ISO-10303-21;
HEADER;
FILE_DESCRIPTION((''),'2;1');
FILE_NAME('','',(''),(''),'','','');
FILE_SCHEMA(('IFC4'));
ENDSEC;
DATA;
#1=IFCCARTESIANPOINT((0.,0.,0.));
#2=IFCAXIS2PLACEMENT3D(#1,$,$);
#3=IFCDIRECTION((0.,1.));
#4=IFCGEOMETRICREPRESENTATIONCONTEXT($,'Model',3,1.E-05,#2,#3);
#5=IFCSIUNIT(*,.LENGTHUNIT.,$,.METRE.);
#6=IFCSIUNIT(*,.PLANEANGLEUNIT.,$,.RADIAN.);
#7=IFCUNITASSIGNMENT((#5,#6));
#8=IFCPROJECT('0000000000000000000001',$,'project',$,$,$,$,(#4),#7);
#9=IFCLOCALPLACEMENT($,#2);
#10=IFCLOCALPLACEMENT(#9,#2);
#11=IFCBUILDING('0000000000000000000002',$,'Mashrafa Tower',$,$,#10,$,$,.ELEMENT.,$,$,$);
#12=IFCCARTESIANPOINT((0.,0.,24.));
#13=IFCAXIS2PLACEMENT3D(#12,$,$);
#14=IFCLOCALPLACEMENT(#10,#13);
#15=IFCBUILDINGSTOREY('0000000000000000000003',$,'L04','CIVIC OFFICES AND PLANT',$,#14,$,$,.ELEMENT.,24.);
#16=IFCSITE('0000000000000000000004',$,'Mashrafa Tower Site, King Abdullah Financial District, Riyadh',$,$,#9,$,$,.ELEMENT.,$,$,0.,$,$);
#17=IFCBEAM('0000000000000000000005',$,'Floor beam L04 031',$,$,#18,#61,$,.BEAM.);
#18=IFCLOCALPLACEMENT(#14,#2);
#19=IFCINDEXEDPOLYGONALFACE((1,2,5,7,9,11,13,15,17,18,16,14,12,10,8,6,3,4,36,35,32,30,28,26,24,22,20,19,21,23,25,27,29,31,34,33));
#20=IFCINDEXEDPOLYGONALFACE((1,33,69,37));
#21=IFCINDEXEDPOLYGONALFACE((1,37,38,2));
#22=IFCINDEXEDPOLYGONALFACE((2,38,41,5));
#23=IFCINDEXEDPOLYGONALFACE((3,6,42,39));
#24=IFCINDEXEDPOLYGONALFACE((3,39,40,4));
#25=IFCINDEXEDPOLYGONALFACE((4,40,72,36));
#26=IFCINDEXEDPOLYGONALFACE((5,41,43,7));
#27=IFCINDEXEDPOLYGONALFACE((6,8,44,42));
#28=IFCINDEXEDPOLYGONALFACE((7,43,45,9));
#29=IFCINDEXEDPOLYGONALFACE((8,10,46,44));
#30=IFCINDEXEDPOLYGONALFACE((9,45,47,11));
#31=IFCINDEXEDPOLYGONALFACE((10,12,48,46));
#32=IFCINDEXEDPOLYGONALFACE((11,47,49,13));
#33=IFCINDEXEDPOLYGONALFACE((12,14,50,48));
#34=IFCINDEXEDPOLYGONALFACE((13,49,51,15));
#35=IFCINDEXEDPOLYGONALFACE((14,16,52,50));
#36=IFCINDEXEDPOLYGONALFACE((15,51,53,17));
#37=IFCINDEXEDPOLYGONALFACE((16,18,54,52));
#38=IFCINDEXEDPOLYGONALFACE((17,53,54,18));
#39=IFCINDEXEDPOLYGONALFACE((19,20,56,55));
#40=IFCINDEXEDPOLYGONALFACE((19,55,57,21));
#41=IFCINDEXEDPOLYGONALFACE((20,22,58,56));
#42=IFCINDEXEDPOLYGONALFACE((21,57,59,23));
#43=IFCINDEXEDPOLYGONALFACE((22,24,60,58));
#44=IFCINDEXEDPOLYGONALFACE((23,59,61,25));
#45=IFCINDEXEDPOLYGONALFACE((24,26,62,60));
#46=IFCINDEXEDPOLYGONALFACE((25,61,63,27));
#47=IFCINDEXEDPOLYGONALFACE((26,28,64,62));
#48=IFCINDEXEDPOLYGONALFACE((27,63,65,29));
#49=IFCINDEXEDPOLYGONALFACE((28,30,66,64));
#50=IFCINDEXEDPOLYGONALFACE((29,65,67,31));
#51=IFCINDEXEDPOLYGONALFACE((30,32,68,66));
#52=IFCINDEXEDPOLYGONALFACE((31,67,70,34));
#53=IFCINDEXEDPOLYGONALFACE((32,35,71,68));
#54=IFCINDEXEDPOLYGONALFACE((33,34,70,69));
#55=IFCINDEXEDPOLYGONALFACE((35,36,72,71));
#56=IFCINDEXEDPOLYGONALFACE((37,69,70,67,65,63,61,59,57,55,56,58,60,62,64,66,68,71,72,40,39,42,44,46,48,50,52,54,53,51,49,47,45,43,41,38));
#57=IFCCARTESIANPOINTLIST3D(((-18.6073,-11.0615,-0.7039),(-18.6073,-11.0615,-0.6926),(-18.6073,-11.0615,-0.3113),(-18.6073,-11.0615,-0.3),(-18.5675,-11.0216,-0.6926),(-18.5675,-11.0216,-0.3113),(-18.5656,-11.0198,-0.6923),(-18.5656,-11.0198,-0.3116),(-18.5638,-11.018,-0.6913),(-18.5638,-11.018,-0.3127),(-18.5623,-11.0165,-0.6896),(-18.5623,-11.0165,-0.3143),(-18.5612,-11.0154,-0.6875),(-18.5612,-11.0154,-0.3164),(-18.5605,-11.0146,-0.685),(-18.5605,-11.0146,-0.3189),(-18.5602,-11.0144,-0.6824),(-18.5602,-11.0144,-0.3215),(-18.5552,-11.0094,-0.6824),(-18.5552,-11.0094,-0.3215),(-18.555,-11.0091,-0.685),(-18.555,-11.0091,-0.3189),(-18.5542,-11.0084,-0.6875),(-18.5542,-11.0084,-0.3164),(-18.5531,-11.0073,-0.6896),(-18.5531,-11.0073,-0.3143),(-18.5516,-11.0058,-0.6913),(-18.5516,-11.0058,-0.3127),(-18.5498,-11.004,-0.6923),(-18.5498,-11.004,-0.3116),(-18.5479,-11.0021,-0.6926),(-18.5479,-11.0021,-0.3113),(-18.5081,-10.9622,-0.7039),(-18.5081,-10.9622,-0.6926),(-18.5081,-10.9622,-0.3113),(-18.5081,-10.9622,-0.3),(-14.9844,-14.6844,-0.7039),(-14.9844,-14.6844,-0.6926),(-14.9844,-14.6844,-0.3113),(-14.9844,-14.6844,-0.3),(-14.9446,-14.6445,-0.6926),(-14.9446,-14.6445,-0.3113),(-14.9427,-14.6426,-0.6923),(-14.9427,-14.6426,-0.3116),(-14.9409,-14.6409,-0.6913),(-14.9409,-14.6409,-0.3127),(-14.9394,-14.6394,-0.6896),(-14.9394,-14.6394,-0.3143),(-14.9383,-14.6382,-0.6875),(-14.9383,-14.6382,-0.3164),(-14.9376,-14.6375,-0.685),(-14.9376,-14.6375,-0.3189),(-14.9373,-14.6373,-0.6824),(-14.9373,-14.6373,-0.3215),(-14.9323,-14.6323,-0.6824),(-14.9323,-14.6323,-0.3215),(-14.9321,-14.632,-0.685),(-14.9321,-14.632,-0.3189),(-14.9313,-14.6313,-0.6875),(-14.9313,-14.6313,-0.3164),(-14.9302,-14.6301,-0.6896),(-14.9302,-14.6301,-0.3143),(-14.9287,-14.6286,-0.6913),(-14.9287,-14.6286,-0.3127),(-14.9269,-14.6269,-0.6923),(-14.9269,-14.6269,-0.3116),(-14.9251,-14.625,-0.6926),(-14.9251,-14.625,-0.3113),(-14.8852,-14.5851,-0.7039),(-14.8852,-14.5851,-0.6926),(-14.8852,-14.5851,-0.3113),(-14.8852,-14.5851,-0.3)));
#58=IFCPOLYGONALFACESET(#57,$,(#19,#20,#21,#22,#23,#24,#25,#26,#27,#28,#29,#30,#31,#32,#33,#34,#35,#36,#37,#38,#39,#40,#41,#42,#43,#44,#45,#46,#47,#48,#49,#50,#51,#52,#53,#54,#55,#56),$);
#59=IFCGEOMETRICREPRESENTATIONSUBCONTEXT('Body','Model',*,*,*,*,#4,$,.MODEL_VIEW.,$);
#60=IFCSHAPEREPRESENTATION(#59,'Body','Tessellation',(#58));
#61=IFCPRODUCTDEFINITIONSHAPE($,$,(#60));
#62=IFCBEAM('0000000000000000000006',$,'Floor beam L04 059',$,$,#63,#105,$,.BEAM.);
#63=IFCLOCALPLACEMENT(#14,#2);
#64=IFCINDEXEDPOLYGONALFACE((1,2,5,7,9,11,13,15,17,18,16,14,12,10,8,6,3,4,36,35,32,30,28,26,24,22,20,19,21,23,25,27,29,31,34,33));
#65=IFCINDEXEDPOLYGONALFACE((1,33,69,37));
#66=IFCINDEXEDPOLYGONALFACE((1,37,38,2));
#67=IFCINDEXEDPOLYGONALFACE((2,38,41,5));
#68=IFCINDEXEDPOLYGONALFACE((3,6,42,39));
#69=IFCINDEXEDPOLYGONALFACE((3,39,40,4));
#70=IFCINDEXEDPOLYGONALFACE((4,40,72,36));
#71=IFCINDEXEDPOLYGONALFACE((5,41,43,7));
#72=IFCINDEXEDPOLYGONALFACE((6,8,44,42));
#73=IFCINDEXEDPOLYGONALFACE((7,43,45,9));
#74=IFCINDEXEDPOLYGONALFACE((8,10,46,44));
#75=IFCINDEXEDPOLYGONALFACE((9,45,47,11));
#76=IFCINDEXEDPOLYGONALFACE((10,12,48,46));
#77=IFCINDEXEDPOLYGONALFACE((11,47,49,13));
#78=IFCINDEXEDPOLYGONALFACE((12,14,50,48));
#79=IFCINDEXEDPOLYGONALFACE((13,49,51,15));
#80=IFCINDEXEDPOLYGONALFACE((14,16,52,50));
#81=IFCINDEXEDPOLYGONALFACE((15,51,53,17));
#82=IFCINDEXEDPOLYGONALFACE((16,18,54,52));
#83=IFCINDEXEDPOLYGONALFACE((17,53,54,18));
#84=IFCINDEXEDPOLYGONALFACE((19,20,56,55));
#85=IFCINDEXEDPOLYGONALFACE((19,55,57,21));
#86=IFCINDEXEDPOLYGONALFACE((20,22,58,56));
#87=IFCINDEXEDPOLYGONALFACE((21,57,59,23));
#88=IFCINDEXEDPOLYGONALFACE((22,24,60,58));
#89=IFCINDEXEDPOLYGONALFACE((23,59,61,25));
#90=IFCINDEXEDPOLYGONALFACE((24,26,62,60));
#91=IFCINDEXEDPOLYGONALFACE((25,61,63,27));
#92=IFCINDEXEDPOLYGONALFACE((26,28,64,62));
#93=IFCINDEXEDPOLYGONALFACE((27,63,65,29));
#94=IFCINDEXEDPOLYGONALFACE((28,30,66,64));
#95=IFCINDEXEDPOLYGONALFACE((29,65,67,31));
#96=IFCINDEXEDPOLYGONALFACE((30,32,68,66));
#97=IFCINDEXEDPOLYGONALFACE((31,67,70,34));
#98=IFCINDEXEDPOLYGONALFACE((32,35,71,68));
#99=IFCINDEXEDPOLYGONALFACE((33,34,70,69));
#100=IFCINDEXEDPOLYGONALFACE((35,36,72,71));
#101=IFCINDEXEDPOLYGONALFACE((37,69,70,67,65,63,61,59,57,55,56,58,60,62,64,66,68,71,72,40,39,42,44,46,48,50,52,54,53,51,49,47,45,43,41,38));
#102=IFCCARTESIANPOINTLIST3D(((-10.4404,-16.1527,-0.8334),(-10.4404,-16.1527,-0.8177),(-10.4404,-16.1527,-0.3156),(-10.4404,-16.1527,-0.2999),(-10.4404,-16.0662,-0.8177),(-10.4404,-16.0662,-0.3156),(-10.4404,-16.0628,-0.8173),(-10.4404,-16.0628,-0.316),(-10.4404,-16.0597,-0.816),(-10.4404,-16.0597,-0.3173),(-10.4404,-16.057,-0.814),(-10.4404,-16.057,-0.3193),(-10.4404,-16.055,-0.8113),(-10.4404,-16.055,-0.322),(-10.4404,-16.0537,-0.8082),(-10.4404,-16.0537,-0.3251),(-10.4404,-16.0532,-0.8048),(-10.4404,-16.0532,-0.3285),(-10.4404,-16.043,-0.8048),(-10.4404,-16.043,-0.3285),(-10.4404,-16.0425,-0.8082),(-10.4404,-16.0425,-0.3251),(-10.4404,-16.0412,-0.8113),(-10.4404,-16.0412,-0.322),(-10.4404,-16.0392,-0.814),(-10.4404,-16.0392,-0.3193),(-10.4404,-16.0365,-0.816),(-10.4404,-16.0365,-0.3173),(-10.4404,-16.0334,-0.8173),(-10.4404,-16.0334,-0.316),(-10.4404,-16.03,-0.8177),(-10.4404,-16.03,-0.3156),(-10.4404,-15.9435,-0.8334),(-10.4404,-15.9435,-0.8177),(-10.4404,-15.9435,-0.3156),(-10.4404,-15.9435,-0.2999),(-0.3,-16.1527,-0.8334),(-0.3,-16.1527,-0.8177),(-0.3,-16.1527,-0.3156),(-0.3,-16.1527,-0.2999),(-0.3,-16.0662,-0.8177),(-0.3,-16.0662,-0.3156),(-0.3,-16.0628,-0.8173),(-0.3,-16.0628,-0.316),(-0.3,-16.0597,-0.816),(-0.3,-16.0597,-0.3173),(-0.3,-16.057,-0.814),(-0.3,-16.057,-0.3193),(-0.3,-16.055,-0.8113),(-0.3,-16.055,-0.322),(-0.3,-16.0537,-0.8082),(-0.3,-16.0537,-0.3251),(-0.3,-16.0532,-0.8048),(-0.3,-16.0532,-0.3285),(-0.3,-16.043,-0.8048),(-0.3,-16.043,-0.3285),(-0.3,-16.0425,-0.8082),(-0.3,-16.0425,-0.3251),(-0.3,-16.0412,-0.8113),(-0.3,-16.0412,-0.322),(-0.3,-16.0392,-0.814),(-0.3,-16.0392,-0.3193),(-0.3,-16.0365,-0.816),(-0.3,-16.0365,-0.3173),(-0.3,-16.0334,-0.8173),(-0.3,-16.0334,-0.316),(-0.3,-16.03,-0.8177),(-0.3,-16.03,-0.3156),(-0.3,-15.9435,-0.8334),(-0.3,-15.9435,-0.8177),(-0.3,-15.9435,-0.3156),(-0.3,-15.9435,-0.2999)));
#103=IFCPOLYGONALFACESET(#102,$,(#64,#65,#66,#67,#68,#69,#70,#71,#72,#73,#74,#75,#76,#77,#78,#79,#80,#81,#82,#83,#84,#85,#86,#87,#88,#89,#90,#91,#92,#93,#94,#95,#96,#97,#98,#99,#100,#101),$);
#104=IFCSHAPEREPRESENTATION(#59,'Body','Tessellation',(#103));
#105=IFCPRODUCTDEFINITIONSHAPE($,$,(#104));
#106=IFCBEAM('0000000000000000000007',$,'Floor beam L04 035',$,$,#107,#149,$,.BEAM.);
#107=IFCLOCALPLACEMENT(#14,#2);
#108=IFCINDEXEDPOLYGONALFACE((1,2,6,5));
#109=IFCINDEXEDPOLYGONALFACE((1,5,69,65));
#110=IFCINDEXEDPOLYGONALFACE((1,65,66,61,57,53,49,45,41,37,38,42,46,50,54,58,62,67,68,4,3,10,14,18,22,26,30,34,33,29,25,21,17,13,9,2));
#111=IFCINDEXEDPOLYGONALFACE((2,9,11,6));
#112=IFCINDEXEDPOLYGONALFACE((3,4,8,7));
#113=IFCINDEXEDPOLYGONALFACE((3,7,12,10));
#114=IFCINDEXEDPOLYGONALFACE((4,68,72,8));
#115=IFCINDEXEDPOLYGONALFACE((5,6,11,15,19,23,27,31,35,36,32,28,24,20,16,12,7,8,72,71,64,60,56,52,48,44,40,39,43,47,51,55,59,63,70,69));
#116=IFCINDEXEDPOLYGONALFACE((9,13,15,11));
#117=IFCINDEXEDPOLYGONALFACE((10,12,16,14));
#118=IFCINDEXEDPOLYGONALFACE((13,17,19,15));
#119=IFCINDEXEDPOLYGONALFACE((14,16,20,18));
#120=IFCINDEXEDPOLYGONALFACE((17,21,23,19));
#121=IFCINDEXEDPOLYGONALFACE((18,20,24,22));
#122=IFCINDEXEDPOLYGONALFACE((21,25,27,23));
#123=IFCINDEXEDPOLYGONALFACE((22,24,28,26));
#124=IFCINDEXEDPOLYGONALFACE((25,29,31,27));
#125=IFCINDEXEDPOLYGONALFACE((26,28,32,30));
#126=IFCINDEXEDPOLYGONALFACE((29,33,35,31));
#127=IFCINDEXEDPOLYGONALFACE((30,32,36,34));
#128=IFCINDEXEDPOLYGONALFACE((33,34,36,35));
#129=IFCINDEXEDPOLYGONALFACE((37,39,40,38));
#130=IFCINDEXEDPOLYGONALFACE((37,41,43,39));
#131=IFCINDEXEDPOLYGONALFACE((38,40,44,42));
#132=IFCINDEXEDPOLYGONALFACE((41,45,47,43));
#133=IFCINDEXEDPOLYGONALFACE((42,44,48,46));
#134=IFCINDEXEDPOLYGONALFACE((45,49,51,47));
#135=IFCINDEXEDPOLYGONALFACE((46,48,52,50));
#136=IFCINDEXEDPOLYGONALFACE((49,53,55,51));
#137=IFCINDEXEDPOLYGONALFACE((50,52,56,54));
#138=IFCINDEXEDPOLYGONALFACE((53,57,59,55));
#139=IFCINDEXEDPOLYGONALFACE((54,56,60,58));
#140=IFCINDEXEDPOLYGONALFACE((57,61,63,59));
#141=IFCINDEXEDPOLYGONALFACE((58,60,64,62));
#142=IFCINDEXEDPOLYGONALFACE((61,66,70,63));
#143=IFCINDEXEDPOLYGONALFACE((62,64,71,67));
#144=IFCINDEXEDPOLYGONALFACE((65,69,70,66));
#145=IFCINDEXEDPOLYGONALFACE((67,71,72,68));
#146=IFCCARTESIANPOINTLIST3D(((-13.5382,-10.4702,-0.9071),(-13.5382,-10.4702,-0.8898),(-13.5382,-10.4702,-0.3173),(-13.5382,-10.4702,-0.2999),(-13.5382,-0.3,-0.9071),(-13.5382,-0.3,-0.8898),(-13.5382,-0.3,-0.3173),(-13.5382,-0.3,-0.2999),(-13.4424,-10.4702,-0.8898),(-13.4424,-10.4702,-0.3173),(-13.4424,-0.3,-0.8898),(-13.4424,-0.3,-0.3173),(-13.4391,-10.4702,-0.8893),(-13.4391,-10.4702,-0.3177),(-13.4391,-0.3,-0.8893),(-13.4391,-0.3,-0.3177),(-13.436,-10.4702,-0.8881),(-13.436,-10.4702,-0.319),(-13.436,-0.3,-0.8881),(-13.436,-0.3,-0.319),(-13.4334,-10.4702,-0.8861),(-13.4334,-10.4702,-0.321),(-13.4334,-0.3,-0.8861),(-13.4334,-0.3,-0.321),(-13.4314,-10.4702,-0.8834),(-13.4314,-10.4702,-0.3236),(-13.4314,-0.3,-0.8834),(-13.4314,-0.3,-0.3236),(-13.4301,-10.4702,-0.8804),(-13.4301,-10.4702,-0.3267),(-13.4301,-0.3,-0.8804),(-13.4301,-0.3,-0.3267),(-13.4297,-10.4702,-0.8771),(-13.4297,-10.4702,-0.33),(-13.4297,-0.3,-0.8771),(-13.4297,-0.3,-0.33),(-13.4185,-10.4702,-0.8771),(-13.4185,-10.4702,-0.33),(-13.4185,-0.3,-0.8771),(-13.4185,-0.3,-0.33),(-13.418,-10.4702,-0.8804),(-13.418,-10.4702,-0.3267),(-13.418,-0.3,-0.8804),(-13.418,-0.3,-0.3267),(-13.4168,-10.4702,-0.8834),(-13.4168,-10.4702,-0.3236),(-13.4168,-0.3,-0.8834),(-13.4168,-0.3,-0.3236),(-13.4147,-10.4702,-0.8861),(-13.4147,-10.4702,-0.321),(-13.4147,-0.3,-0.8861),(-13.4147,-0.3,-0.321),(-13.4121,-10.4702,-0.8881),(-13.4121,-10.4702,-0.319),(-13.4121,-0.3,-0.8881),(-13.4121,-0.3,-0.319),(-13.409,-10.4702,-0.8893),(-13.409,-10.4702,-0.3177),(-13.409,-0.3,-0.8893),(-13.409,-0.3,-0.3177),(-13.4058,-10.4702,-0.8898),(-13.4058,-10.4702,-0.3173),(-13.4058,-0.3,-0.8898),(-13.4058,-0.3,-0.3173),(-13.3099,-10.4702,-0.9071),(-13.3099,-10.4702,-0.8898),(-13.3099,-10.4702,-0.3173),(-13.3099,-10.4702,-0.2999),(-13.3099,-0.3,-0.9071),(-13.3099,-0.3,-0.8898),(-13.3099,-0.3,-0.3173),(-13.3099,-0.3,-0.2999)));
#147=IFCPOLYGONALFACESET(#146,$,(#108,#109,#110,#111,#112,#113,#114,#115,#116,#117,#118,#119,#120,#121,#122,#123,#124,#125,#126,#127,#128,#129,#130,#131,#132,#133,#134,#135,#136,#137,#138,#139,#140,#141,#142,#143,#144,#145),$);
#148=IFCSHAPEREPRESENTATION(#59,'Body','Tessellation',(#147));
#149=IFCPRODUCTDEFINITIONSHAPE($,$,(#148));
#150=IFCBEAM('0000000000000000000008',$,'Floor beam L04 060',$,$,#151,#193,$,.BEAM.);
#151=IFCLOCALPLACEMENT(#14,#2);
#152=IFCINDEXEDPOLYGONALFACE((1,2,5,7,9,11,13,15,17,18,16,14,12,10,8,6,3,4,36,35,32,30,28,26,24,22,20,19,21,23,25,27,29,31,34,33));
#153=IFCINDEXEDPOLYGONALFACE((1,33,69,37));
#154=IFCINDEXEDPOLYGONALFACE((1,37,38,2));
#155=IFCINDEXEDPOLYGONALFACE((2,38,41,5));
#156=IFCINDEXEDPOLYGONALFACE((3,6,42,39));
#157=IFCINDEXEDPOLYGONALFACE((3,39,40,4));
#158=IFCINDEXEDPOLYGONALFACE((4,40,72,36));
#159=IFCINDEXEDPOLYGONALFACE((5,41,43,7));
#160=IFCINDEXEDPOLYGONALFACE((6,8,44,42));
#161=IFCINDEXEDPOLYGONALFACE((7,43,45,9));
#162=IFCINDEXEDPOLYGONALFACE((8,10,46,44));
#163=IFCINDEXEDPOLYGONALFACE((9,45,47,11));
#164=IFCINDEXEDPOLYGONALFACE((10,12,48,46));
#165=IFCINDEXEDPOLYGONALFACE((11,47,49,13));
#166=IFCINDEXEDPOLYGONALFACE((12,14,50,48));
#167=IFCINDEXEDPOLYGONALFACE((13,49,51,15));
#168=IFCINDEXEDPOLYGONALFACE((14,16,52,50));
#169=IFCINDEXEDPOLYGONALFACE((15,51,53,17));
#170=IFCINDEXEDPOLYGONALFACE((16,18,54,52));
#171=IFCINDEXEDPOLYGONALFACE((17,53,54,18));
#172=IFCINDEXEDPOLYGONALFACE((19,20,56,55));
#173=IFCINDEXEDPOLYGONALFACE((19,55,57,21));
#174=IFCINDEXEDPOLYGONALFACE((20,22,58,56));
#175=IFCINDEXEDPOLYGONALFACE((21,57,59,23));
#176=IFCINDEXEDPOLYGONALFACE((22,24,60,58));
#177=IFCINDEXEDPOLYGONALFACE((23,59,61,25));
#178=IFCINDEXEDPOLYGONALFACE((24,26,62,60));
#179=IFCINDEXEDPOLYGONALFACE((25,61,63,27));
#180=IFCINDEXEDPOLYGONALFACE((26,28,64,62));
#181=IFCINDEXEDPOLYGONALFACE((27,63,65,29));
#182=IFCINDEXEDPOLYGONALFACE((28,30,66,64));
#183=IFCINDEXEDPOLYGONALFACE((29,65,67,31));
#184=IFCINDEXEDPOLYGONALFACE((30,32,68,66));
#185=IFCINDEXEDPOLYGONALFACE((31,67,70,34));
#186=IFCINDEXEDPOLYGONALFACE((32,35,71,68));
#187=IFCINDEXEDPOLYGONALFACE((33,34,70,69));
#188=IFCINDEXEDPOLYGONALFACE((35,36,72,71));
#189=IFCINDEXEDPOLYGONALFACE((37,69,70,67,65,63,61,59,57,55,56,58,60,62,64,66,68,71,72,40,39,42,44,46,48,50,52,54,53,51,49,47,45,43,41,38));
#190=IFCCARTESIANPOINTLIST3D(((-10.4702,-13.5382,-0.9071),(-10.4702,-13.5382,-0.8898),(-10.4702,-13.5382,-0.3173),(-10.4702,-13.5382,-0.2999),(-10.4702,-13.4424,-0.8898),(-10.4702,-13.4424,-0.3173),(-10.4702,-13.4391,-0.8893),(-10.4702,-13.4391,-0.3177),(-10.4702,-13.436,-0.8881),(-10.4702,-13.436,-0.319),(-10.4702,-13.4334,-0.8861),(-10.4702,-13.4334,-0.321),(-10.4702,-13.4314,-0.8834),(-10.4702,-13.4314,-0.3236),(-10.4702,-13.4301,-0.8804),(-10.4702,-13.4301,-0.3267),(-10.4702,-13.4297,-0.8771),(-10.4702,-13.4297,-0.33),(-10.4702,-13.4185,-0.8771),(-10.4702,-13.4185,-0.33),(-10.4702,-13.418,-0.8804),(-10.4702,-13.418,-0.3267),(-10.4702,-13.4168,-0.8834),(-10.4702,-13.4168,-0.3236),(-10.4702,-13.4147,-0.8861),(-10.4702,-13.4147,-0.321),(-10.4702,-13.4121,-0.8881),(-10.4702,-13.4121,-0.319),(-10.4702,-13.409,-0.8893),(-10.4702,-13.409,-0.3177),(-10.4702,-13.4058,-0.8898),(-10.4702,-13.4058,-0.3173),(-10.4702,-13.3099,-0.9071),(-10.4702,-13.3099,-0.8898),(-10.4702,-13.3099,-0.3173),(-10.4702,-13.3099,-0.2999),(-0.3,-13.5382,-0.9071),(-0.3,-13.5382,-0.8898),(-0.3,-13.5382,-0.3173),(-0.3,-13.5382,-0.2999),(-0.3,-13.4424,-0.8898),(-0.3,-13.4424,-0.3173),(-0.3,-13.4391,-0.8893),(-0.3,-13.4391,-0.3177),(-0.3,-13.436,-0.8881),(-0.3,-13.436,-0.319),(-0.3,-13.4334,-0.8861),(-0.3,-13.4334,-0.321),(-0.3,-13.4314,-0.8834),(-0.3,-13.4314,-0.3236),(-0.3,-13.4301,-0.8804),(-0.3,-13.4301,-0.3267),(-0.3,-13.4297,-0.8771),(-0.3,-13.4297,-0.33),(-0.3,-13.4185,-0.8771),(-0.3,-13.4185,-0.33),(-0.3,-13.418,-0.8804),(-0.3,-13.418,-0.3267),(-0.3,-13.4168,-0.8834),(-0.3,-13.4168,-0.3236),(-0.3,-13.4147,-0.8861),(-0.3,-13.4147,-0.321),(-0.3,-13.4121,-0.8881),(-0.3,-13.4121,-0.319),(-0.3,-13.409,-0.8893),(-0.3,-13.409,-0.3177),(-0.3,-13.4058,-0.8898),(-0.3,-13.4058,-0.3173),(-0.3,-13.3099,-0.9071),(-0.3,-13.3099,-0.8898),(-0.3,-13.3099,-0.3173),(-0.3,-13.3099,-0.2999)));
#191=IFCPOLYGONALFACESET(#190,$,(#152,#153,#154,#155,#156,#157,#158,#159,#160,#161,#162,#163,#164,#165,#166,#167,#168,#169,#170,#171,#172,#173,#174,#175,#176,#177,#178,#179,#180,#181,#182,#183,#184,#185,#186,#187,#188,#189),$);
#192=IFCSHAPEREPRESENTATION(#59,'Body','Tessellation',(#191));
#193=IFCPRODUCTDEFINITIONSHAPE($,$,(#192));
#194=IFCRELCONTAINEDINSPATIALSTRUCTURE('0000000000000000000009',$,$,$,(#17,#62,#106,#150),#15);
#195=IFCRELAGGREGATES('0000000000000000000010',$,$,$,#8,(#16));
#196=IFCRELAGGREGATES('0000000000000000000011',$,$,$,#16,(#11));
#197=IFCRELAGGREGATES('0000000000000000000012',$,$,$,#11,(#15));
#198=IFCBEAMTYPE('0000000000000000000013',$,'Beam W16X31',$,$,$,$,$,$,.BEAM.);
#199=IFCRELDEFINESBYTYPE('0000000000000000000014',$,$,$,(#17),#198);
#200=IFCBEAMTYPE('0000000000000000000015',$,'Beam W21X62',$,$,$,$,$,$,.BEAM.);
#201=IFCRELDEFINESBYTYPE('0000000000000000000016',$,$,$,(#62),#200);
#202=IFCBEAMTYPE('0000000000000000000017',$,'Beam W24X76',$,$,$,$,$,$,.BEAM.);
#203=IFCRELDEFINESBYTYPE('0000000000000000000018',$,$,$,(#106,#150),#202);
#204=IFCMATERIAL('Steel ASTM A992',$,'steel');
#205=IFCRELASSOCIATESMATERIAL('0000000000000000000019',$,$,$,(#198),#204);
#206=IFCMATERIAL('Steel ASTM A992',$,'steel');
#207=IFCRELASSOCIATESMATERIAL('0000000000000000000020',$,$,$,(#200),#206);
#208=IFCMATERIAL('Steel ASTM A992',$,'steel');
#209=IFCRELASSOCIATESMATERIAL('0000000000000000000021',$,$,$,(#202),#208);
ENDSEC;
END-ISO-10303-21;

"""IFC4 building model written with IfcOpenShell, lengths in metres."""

from ifc_helpers import new_model, si_unit, direction, frame, origin, origin_2d, place, context, subcontext, project, spatial, i_section, extrude, material, material_profile, profile_set, type_object, element, save


model = new_model("IFC4")

# Units and contexts
model_context = context("Model", 3, precision=1e-05, world=origin(), true_north=direction((0.0, 1.0)))
body_context = subcontext(model_context, "Body", "Model", "MODEL_VIEW")
ifc_project = project(units=[si_unit("LENGTHUNIT", "METRE"), si_unit("PLANEANGLEUNIT", "RADIAN")], contexts=[model_context])

# Site, building, storey
site_placement = place(None, origin())
site = spatial("IfcSite", under=ifc_project, at=site_placement, Name="Mashrafa Tower Site, King Abdullah Financial District, Riyadh", CompositionType="ELEMENT", RefElevation=0.0)
building_placement = place(site_placement, origin())
building = spatial("IfcBuilding", under=site, at=building_placement, Name="Mashrafa Tower", CompositionType="ELEMENT")
storey_placement = place(building_placement, frame((0.0, 0.0, 24.0)))
storey = spatial("IfcBuildingStorey", under=building, at=storey_placement, Name="L04", Description="CIVIC OFFICES AND PLANT", CompositionType="ELEMENT", Elevation=24.0)

# Beams
ifc_material_1 = material(Name="Steel ASTM A992", Category="steel")
ifc_material_profile_1 = material_profile(ifc_material_1, i_section(OverallWidth=0.1404, OverallDepth=0.4038, WebThickness=0.0071, FlangeThickness=0.0112, FilletRadius=0.0103, at=origin_2d()), Name="W16X31")
ifc_profile_set_1 = profile_set([ifc_material_profile_1], Name="Steel ASTM A992")
beam_type_1 = type_object("IfcBeamType", Name="Beam W16X31", PredefinedType="BEAM", material=ifc_profile_set_1)
beam_1_placement = place(storey_placement, frame((-14.9348, -14.6348, -0.502), z_axis=(-0.707107, 0.707107, 0.0), x_axis=(-0.707107, -0.707107, 0.0)))
element("IfcBeam", 1, at=beam_1_placement, inside=storey, type_object=beam_type_1, Name="Floor beam L04 031", PredefinedType="BEAM", context=body_context, shape_type="SweptSolid", body=[
    extrude(i_section(OverallWidth=0.1404, OverallDepth=0.4038, WebThickness=0.0071, FlangeThickness=0.0112, FilletRadius=0.0103, at=origin_2d()), origin(), (0.0, 0.0, 1.0), 5.1235),
])
ifc_material_2 = material(Name="Steel ASTM A992", Category="steel")
ifc_material_profile_2 = material_profile(ifc_material_2, i_section(OverallWidth=0.2092, OverallDepth=0.5334, WebThickness=0.0103, FlangeThickness=0.0156, FilletRadius=0.0129, at=origin_2d()), Name="W21X62")
ifc_profile_set_2 = profile_set([ifc_material_profile_2], Name="Steel ASTM A992")
beam_type_2 = type_object("IfcBeamType", Name="Beam W21X62", PredefinedType="BEAM", material=ifc_profile_set_2)
beam_2_placement = place(storey_placement, frame((-0.3, -16.0481, -0.5667), z_axis=(-1.0, 0.0, 0.0), x_axis=(0.0, -1.0, 0.0)))
element("IfcBeam", 2, at=beam_2_placement, inside=storey, type_object=beam_type_2, Name="Floor beam L04 059", PredefinedType="BEAM", context=body_context, shape_type="SweptSolid", body=[
    extrude(i_section(OverallWidth=0.2092, OverallDepth=0.5334, WebThickness=0.0103, FlangeThickness=0.0156, FilletRadius=0.0129, at=origin_2d()), origin(), (0.0, 0.0, 1.0), 10.1404),
])
ifc_material_3 = material(Name="Steel ASTM A992", Category="steel")
ifc_material_profile_3 = material_profile(ifc_material_3, i_section(OverallWidth=0.2283, OverallDepth=0.6072, WebThickness=0.0112, FlangeThickness=0.0173, FilletRadius=0.0127, at=origin_2d()), Name="W24X76")
ifc_profile_set_3 = profile_set([ifc_material_profile_3], Name="Steel ASTM A992")
beam_type_3 = type_object("IfcBeamType", Name="Beam W24X76", PredefinedType="BEAM", material=ifc_profile_set_3)
for number, where, z_axis, x_axis, name in (
    (3, (-13.4241, -10.4702, -0.6035), (0.0, 1.0, 0.0), (-1.0, 0.0, 0.0), "Floor beam L04 035"),
    (4, (-0.3, -13.4241, -0.6035), (-1.0, 0.0, 0.0), (0.0, -1.0, 0.0), "Floor beam L04 060"),
):
    element("IfcBeam", number, at=place(storey_placement, frame(where, z_axis=z_axis, x_axis=x_axis)), inside=storey, type_object=beam_type_3, Name=name, PredefinedType="BEAM", context=body_context, shape_type="SweptSolid", body=[
        extrude(i_section(OverallWidth=0.2283, OverallDepth=0.6072, WebThickness=0.0112, FlangeThickness=0.0173, FilletRadius=0.0127, at=origin_2d()), origin(), (0.0, 0.0, 1.0), 10.1702),
    ])

save(model, "model.ifc")
